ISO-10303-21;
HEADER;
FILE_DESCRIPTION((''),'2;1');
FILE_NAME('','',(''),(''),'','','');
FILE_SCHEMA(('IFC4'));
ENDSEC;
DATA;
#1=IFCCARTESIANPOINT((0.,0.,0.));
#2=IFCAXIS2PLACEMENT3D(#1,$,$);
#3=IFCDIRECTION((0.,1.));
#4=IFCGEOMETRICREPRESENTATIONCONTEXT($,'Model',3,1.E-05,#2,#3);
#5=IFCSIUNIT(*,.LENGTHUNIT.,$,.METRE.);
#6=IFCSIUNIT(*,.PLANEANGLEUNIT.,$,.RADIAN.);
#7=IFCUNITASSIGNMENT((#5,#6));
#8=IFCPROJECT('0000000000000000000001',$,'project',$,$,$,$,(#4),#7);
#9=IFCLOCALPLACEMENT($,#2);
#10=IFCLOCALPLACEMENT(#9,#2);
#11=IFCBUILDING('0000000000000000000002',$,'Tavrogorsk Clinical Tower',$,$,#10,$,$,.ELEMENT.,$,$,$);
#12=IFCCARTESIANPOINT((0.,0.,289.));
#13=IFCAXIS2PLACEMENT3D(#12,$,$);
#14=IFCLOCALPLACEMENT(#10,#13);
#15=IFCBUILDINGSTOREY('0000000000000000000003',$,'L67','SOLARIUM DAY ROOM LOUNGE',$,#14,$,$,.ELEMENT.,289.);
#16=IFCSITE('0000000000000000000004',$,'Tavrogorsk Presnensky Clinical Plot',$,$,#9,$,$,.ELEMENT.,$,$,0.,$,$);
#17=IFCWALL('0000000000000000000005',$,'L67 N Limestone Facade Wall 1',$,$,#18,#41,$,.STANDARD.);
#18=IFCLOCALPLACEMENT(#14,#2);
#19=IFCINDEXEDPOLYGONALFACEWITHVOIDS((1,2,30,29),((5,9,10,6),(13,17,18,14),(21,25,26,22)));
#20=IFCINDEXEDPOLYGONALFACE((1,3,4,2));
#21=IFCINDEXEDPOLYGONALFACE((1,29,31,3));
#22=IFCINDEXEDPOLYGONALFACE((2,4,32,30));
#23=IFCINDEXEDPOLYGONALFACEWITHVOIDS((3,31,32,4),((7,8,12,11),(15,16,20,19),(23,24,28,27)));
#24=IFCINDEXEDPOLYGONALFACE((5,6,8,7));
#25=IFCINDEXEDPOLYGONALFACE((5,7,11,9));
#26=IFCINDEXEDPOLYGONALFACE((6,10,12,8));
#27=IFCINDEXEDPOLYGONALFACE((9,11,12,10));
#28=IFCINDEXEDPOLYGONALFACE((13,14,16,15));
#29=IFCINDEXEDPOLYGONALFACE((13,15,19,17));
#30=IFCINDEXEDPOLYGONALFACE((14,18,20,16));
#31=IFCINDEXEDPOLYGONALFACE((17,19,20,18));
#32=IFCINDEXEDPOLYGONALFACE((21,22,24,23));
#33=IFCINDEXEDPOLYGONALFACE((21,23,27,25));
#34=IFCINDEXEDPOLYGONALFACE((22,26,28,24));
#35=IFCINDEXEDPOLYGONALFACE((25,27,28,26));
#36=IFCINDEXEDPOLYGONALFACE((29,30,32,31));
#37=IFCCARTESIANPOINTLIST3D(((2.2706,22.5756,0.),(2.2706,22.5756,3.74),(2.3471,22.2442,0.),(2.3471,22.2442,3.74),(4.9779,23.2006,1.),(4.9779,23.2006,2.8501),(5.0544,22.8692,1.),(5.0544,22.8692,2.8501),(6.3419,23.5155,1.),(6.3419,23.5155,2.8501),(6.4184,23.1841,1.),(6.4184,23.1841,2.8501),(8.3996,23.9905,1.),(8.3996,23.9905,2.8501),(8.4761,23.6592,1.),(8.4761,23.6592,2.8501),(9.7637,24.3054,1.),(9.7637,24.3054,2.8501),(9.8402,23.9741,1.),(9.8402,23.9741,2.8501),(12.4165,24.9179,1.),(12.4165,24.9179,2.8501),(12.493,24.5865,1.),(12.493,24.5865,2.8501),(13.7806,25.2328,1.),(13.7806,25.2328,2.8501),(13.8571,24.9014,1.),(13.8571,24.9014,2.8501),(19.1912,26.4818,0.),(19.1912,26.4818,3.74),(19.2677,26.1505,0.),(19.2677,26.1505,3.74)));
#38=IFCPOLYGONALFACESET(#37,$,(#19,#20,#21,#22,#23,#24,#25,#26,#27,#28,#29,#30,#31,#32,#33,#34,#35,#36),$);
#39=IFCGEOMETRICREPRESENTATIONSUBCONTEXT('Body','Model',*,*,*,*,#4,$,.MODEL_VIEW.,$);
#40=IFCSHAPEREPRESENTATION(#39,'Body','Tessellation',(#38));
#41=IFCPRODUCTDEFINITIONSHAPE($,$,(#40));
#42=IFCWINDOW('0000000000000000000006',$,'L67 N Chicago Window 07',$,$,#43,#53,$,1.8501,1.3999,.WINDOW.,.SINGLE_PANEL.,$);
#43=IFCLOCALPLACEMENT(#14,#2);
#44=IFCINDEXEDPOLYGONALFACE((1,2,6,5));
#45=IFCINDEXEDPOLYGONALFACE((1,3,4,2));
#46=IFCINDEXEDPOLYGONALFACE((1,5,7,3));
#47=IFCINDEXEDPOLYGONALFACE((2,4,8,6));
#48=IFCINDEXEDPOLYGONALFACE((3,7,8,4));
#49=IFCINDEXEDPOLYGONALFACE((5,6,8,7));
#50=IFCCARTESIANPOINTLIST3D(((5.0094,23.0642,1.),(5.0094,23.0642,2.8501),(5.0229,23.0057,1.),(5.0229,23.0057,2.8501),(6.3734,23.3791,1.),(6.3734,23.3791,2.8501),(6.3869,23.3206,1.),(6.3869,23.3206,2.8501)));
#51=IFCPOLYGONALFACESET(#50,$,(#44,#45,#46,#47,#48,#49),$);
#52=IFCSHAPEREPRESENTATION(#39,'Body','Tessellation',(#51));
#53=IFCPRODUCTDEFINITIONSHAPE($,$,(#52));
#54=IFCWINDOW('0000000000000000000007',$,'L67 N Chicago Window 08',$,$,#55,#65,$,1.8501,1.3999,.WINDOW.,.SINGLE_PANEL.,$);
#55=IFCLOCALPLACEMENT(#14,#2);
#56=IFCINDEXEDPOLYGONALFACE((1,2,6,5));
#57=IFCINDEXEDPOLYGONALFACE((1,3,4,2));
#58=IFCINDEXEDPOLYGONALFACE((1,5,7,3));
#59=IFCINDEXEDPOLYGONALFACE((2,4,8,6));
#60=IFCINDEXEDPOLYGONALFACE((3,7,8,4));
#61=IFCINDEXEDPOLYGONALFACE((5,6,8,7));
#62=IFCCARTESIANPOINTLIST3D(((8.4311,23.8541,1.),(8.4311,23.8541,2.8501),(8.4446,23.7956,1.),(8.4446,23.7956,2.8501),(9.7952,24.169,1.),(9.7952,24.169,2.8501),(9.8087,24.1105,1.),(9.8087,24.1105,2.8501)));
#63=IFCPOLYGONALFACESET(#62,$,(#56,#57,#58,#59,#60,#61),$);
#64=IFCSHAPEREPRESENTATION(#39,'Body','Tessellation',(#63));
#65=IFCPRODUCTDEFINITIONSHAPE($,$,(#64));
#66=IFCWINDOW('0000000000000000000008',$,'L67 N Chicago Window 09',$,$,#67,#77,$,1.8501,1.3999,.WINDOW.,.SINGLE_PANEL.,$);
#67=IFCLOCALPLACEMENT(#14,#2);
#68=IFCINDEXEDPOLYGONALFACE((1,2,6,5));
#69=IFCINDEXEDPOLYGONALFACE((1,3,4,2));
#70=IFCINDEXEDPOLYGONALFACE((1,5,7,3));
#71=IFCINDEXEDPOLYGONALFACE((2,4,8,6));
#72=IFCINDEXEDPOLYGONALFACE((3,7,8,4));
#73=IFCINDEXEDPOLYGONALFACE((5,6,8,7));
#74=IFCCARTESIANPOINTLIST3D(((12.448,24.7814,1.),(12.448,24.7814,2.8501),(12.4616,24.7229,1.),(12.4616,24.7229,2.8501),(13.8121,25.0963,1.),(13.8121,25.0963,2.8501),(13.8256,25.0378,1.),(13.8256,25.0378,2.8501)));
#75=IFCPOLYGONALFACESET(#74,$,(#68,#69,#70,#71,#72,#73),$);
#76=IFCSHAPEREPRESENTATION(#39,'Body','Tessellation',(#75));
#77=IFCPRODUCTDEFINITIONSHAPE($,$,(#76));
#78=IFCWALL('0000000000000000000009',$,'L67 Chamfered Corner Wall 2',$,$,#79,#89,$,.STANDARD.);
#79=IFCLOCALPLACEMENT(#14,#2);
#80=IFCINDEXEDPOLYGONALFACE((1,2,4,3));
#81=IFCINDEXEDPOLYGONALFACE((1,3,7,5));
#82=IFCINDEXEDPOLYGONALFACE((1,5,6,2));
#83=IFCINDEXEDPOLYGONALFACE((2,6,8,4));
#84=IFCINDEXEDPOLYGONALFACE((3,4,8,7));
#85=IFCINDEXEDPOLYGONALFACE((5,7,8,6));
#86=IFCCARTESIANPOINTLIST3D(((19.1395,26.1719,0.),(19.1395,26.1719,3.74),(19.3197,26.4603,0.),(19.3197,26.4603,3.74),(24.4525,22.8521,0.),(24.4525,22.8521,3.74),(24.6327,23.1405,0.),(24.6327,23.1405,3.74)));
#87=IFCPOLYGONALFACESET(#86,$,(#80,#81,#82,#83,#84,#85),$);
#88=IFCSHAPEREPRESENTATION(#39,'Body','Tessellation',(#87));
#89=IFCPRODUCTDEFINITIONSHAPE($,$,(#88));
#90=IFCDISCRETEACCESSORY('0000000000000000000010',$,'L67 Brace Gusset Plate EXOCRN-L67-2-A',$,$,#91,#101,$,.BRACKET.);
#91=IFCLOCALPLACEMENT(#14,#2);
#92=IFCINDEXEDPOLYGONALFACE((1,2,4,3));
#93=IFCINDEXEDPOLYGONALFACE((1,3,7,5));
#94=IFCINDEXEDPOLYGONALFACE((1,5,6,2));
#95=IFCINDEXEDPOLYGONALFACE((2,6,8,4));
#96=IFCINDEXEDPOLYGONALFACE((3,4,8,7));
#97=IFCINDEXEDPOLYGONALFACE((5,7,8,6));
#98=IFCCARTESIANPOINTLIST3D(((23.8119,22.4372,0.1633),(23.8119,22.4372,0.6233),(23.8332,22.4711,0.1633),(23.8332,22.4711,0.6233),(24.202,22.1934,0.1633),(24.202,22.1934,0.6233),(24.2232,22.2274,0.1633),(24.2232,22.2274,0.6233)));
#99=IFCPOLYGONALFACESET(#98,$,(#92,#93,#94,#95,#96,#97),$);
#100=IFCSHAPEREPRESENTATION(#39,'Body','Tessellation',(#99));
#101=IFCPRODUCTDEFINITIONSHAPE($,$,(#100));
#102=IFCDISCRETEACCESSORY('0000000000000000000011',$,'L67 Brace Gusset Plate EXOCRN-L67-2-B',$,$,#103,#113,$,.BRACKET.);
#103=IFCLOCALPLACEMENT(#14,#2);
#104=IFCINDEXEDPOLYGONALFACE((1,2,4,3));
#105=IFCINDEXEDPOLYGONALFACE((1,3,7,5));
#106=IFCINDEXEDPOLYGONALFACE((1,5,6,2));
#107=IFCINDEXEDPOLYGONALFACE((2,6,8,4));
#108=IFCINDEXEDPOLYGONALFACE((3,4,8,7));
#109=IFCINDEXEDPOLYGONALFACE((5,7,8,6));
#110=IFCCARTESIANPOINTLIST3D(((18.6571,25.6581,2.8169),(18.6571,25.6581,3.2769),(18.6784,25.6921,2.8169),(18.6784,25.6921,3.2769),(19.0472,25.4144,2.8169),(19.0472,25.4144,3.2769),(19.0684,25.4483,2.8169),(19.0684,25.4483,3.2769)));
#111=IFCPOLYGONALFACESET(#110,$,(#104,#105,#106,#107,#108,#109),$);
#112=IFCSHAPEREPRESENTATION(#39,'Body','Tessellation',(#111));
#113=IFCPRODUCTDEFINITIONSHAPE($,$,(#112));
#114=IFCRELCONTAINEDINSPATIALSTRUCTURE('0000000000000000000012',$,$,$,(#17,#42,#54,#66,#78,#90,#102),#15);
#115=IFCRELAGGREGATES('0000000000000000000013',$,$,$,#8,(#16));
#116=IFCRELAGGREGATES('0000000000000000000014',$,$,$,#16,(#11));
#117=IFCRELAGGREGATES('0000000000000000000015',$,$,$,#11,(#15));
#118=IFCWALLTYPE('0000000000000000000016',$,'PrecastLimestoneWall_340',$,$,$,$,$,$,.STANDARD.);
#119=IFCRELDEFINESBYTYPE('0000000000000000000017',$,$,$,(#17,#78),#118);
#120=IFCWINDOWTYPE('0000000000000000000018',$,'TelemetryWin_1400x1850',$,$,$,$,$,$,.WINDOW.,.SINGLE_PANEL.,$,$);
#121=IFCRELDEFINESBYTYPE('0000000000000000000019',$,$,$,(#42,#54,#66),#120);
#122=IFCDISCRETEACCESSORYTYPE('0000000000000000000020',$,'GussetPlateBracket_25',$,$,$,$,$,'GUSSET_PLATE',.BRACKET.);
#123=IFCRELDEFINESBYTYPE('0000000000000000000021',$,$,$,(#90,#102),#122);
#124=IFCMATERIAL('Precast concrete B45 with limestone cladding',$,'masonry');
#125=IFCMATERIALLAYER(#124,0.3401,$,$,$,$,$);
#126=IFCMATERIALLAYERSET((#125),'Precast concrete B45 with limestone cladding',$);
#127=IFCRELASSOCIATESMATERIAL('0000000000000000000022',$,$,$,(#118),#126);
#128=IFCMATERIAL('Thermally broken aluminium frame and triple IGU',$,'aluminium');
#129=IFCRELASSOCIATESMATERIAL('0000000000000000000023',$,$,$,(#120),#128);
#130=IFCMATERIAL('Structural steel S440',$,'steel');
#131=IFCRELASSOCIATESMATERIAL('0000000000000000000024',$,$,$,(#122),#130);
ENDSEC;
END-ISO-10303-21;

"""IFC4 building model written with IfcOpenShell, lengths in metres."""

from ifc_helpers import new_model, si_unit, direction, frame, frame_2d, origin, origin_2d, place, context, subcontext, project, spatial, rectangle, extrude, material, layer, layer_set, type_object, element, fill, save


model = new_model("IFC4")

# Units and contexts
model_context = context("Model", 3, precision=1e-05, world=origin(), true_north=direction((0.0, 1.0)))
body_context = subcontext(model_context, "Body", "Model", "MODEL_VIEW")
ifc_project = project(units=[si_unit("LENGTHUNIT", "METRE"), si_unit("PLANEANGLEUNIT", "RADIAN")], contexts=[model_context])

# Site, building, storey
site_placement = place(None, origin())
site = spatial("IfcSite", under=ifc_project, at=site_placement, Name="Tavrogorsk Presnensky Clinical Plot", CompositionType="ELEMENT", RefElevation=0.0)
building_placement = place(site_placement, origin())
building = spatial("IfcBuilding", under=site, at=building_placement, Name="Tavrogorsk Clinical Tower", CompositionType="ELEMENT")
storey_placement = place(building_placement, frame((0.0, 0.0, 289.0)))
storey = spatial("IfcBuildingStorey", under=building, at=storey_placement, Name="L67", Description="SOLARIUM DAY ROOM LOUNGE", CompositionType="ELEMENT", Elevation=289.0)

# Wall, openings, windows
ifc_material_1 = material(Name="Precast concrete B45 with limestone cladding", Category="masonry")
ifc_layer_1 = layer(ifc_material_1, 0.3401)
ifc_layer_set_1 = layer_set([ifc_layer_1], Name="Precast concrete B45 with limestone cladding")
wall_type_1 = type_object("IfcWallType", Name="PrecastLimestoneWall_340", PredefinedType="STANDARD", material=ifc_layer_set_1)
wall_1_placement = place(storey_placement, frame((19.2295, 26.3162, 0.0), z_axis=(0.0, 0.0, 1.0), x_axis=(-0.974372, -0.224941, 0.0)))
wall_1 = element("IfcWall", 1, at=wall_1_placement, inside=storey, type_object=wall_type_1, Name="L67 N Limestone Facade Wall 1", PredefinedType="STANDARD", context=body_context, shape_type="SweptSolid", body=[
    extrude(rectangle(XDim=17.3657, YDim=0.3401, at=frame_2d((8.6829, 0.0))), origin(), (0.0, 0.0, 1.0), 3.74),
])
opening_1_placement = place(wall_1_placement, frame((13.1873, 0.0, 1.0)))
opening_1 = element("IfcOpeningElement", 2, at=opening_1_placement, cuts=wall_1, PredefinedType="OPENING", context=body_context, shape_type="SweptSolid", body=[
    extrude(rectangle(XDim=1.3999, YDim=1.8501, at=frame_2d((0.7, 0.925))), frame((0.0, 0.1799, 0.0), z_axis=(0.0, -1.0, 0.0), x_axis=(1.0, 0.0, 0.0)), (0.0, 0.0, 1.0), 0.3601),
])
opening_2_placement = place(wall_1_placement, frame((9.6755, 0.0, 1.0)))
opening_2 = element("IfcOpeningElement", 3, at=opening_2_placement, cuts=wall_1, PredefinedType="OPENING", context=body_context, shape_type="SweptSolid", body=[
    extrude(rectangle(XDim=1.3999, YDim=1.8501, at=frame_2d((0.7, 0.925))), frame((0.0, 0.1799, 0.0), z_axis=(0.0, -1.0, 0.0), x_axis=(1.0, 0.0, 0.0)), (0.0, 0.0, 1.0), 0.3601),
])
opening_3_placement = place(wall_1_placement, frame((5.553, 0.0, 1.0)))
opening_3 = element("IfcOpeningElement", 4, at=opening_3_placement, cuts=wall_1, PredefinedType="OPENING", context=body_context, shape_type="SweptSolid", body=[
    extrude(rectangle(XDim=1.3999, YDim=1.8501, at=frame_2d((0.7, 0.925))), frame((0.0, 0.1799, 0.0), z_axis=(0.0, -1.0, 0.0), x_axis=(1.0, 0.0, 0.0)), (0.0, 0.0, 1.0), 0.3601),
])
ifc_material_2 = material(Name="Thermally broken aluminium frame and triple IGU", Category="aluminium")
window_type = type_object("IfcWindowType", Name="TelemetryWin_1400x1850", PartitioningType="SINGLE_PANEL", PredefinedType="WINDOW", material=ifc_material_2)
window_1_placement = place(opening_1_placement, origin())
window_1 = element("IfcWindow", 5, at=window_1_placement, inside=storey, type_object=window_type, Name="L67 N Chicago Window 07", OverallHeight=1.8501, OverallWidth=1.3999, PartitioningType="SINGLE_PANEL", PredefinedType="WINDOW", context=body_context, shape_type="SweptSolid", body=[
    extrude(rectangle(XDim=1.3999, YDim=1.8501, at=frame_2d((0.7, 0.925))), frame((0.0, 0.03, 0.0), z_axis=(0.0, -1.0, 0.0), x_axis=(1.0, 0.0, 0.0)), (0.0, 0.0, 1.0), 0.0601),
])
fill(opening_1, window_1)
window_2_placement = place(opening_2_placement, origin())
window_2 = element("IfcWindow", 6, at=window_2_placement, inside=storey, type_object=window_type, Name="L67 N Chicago Window 08", OverallHeight=1.8501, OverallWidth=1.3999, PartitioningType="SINGLE_PANEL", PredefinedType="WINDOW", context=body_context, shape_type="SweptSolid", body=[
    extrude(rectangle(XDim=1.3999, YDim=1.8501, at=frame_2d((0.7, 0.925))), frame((0.0, 0.03, 0.0), z_axis=(0.0, -1.0, 0.0), x_axis=(1.0, 0.0, 0.0)), (0.0, 0.0, 1.0), 0.0601),
])
fill(opening_2, window_2)
window_3_placement = place(opening_3_placement, origin())
window_3 = element("IfcWindow", 7, at=window_3_placement, inside=storey, type_object=window_type, Name="L67 N Chicago Window 09", OverallHeight=1.8501, OverallWidth=1.3999, PartitioningType="SINGLE_PANEL", PredefinedType="WINDOW", context=body_context, shape_type="SweptSolid", body=[
    extrude(rectangle(XDim=1.3999, YDim=1.8501, at=frame_2d((0.7, 0.925))), frame((0.0, 0.03, 0.0), z_axis=(0.0, -1.0, 0.0), x_axis=(1.0, 0.0, 0.0)), (0.0, 0.0, 1.0), 0.0601),
])
fill(opening_3, window_3)

# Wall
wall_2_placement = place(storey_placement, frame((24.5425, 22.9963, 0.0), z_axis=(0.0, 0.0, 1.0), x_axis=(-0.848055, 0.529908, 0.0)))
element("IfcWall", 8, at=wall_2_placement, inside=storey, type_object=wall_type_1, Name="L67 Chamfered Corner Wall 2", PredefinedType="STANDARD", context=body_context, shape_type="SweptSolid", body=[
    extrude(rectangle(XDim=6.2649, YDim=0.3401, at=frame_2d((3.1323, 0.0))), origin(), (0.0, 0.0, 1.0), 3.74),
])

# Discrete accessories
ifc_material_3 = material(Name="Structural steel S440", Category="steel")
discrete_accessory_type = type_object("IfcDiscreteAccessoryType", Name="GussetPlateBracket_25", ElementType="GUSSET_PLATE", PredefinedType="BRACKET", material=ifc_material_3)
for number, where, z_axis, x_axis, name in (
    (9, (24.0176, 22.3323, 0.1633), (0.0, 0.0, 1.0), (-0.848048, 0.529919, 0.0), "L67 Brace Gusset Plate EXOCRN-L67-2-A"),
    (10, (18.8628, 25.5532, 2.8169), (0.0, 0.0, 1.0), (-0.848048, 0.529919, 0.0), "L67 Brace Gusset Plate EXOCRN-L67-2-B"),
):
    element("IfcDiscreteAccessory", number, at=place(storey_placement, frame(where, z_axis=z_axis, x_axis=x_axis)), inside=storey, type_object=discrete_accessory_type, Name=name, PredefinedType="BRACKET", context=body_context, shape_type="SweptSolid", body=[
        extrude(rectangle(XDim=0.46, YDim=0.04, at=origin_2d()), origin(), (0.0, 0.0, 1.0), 0.46),
    ])

save(model, "model.ifc")
